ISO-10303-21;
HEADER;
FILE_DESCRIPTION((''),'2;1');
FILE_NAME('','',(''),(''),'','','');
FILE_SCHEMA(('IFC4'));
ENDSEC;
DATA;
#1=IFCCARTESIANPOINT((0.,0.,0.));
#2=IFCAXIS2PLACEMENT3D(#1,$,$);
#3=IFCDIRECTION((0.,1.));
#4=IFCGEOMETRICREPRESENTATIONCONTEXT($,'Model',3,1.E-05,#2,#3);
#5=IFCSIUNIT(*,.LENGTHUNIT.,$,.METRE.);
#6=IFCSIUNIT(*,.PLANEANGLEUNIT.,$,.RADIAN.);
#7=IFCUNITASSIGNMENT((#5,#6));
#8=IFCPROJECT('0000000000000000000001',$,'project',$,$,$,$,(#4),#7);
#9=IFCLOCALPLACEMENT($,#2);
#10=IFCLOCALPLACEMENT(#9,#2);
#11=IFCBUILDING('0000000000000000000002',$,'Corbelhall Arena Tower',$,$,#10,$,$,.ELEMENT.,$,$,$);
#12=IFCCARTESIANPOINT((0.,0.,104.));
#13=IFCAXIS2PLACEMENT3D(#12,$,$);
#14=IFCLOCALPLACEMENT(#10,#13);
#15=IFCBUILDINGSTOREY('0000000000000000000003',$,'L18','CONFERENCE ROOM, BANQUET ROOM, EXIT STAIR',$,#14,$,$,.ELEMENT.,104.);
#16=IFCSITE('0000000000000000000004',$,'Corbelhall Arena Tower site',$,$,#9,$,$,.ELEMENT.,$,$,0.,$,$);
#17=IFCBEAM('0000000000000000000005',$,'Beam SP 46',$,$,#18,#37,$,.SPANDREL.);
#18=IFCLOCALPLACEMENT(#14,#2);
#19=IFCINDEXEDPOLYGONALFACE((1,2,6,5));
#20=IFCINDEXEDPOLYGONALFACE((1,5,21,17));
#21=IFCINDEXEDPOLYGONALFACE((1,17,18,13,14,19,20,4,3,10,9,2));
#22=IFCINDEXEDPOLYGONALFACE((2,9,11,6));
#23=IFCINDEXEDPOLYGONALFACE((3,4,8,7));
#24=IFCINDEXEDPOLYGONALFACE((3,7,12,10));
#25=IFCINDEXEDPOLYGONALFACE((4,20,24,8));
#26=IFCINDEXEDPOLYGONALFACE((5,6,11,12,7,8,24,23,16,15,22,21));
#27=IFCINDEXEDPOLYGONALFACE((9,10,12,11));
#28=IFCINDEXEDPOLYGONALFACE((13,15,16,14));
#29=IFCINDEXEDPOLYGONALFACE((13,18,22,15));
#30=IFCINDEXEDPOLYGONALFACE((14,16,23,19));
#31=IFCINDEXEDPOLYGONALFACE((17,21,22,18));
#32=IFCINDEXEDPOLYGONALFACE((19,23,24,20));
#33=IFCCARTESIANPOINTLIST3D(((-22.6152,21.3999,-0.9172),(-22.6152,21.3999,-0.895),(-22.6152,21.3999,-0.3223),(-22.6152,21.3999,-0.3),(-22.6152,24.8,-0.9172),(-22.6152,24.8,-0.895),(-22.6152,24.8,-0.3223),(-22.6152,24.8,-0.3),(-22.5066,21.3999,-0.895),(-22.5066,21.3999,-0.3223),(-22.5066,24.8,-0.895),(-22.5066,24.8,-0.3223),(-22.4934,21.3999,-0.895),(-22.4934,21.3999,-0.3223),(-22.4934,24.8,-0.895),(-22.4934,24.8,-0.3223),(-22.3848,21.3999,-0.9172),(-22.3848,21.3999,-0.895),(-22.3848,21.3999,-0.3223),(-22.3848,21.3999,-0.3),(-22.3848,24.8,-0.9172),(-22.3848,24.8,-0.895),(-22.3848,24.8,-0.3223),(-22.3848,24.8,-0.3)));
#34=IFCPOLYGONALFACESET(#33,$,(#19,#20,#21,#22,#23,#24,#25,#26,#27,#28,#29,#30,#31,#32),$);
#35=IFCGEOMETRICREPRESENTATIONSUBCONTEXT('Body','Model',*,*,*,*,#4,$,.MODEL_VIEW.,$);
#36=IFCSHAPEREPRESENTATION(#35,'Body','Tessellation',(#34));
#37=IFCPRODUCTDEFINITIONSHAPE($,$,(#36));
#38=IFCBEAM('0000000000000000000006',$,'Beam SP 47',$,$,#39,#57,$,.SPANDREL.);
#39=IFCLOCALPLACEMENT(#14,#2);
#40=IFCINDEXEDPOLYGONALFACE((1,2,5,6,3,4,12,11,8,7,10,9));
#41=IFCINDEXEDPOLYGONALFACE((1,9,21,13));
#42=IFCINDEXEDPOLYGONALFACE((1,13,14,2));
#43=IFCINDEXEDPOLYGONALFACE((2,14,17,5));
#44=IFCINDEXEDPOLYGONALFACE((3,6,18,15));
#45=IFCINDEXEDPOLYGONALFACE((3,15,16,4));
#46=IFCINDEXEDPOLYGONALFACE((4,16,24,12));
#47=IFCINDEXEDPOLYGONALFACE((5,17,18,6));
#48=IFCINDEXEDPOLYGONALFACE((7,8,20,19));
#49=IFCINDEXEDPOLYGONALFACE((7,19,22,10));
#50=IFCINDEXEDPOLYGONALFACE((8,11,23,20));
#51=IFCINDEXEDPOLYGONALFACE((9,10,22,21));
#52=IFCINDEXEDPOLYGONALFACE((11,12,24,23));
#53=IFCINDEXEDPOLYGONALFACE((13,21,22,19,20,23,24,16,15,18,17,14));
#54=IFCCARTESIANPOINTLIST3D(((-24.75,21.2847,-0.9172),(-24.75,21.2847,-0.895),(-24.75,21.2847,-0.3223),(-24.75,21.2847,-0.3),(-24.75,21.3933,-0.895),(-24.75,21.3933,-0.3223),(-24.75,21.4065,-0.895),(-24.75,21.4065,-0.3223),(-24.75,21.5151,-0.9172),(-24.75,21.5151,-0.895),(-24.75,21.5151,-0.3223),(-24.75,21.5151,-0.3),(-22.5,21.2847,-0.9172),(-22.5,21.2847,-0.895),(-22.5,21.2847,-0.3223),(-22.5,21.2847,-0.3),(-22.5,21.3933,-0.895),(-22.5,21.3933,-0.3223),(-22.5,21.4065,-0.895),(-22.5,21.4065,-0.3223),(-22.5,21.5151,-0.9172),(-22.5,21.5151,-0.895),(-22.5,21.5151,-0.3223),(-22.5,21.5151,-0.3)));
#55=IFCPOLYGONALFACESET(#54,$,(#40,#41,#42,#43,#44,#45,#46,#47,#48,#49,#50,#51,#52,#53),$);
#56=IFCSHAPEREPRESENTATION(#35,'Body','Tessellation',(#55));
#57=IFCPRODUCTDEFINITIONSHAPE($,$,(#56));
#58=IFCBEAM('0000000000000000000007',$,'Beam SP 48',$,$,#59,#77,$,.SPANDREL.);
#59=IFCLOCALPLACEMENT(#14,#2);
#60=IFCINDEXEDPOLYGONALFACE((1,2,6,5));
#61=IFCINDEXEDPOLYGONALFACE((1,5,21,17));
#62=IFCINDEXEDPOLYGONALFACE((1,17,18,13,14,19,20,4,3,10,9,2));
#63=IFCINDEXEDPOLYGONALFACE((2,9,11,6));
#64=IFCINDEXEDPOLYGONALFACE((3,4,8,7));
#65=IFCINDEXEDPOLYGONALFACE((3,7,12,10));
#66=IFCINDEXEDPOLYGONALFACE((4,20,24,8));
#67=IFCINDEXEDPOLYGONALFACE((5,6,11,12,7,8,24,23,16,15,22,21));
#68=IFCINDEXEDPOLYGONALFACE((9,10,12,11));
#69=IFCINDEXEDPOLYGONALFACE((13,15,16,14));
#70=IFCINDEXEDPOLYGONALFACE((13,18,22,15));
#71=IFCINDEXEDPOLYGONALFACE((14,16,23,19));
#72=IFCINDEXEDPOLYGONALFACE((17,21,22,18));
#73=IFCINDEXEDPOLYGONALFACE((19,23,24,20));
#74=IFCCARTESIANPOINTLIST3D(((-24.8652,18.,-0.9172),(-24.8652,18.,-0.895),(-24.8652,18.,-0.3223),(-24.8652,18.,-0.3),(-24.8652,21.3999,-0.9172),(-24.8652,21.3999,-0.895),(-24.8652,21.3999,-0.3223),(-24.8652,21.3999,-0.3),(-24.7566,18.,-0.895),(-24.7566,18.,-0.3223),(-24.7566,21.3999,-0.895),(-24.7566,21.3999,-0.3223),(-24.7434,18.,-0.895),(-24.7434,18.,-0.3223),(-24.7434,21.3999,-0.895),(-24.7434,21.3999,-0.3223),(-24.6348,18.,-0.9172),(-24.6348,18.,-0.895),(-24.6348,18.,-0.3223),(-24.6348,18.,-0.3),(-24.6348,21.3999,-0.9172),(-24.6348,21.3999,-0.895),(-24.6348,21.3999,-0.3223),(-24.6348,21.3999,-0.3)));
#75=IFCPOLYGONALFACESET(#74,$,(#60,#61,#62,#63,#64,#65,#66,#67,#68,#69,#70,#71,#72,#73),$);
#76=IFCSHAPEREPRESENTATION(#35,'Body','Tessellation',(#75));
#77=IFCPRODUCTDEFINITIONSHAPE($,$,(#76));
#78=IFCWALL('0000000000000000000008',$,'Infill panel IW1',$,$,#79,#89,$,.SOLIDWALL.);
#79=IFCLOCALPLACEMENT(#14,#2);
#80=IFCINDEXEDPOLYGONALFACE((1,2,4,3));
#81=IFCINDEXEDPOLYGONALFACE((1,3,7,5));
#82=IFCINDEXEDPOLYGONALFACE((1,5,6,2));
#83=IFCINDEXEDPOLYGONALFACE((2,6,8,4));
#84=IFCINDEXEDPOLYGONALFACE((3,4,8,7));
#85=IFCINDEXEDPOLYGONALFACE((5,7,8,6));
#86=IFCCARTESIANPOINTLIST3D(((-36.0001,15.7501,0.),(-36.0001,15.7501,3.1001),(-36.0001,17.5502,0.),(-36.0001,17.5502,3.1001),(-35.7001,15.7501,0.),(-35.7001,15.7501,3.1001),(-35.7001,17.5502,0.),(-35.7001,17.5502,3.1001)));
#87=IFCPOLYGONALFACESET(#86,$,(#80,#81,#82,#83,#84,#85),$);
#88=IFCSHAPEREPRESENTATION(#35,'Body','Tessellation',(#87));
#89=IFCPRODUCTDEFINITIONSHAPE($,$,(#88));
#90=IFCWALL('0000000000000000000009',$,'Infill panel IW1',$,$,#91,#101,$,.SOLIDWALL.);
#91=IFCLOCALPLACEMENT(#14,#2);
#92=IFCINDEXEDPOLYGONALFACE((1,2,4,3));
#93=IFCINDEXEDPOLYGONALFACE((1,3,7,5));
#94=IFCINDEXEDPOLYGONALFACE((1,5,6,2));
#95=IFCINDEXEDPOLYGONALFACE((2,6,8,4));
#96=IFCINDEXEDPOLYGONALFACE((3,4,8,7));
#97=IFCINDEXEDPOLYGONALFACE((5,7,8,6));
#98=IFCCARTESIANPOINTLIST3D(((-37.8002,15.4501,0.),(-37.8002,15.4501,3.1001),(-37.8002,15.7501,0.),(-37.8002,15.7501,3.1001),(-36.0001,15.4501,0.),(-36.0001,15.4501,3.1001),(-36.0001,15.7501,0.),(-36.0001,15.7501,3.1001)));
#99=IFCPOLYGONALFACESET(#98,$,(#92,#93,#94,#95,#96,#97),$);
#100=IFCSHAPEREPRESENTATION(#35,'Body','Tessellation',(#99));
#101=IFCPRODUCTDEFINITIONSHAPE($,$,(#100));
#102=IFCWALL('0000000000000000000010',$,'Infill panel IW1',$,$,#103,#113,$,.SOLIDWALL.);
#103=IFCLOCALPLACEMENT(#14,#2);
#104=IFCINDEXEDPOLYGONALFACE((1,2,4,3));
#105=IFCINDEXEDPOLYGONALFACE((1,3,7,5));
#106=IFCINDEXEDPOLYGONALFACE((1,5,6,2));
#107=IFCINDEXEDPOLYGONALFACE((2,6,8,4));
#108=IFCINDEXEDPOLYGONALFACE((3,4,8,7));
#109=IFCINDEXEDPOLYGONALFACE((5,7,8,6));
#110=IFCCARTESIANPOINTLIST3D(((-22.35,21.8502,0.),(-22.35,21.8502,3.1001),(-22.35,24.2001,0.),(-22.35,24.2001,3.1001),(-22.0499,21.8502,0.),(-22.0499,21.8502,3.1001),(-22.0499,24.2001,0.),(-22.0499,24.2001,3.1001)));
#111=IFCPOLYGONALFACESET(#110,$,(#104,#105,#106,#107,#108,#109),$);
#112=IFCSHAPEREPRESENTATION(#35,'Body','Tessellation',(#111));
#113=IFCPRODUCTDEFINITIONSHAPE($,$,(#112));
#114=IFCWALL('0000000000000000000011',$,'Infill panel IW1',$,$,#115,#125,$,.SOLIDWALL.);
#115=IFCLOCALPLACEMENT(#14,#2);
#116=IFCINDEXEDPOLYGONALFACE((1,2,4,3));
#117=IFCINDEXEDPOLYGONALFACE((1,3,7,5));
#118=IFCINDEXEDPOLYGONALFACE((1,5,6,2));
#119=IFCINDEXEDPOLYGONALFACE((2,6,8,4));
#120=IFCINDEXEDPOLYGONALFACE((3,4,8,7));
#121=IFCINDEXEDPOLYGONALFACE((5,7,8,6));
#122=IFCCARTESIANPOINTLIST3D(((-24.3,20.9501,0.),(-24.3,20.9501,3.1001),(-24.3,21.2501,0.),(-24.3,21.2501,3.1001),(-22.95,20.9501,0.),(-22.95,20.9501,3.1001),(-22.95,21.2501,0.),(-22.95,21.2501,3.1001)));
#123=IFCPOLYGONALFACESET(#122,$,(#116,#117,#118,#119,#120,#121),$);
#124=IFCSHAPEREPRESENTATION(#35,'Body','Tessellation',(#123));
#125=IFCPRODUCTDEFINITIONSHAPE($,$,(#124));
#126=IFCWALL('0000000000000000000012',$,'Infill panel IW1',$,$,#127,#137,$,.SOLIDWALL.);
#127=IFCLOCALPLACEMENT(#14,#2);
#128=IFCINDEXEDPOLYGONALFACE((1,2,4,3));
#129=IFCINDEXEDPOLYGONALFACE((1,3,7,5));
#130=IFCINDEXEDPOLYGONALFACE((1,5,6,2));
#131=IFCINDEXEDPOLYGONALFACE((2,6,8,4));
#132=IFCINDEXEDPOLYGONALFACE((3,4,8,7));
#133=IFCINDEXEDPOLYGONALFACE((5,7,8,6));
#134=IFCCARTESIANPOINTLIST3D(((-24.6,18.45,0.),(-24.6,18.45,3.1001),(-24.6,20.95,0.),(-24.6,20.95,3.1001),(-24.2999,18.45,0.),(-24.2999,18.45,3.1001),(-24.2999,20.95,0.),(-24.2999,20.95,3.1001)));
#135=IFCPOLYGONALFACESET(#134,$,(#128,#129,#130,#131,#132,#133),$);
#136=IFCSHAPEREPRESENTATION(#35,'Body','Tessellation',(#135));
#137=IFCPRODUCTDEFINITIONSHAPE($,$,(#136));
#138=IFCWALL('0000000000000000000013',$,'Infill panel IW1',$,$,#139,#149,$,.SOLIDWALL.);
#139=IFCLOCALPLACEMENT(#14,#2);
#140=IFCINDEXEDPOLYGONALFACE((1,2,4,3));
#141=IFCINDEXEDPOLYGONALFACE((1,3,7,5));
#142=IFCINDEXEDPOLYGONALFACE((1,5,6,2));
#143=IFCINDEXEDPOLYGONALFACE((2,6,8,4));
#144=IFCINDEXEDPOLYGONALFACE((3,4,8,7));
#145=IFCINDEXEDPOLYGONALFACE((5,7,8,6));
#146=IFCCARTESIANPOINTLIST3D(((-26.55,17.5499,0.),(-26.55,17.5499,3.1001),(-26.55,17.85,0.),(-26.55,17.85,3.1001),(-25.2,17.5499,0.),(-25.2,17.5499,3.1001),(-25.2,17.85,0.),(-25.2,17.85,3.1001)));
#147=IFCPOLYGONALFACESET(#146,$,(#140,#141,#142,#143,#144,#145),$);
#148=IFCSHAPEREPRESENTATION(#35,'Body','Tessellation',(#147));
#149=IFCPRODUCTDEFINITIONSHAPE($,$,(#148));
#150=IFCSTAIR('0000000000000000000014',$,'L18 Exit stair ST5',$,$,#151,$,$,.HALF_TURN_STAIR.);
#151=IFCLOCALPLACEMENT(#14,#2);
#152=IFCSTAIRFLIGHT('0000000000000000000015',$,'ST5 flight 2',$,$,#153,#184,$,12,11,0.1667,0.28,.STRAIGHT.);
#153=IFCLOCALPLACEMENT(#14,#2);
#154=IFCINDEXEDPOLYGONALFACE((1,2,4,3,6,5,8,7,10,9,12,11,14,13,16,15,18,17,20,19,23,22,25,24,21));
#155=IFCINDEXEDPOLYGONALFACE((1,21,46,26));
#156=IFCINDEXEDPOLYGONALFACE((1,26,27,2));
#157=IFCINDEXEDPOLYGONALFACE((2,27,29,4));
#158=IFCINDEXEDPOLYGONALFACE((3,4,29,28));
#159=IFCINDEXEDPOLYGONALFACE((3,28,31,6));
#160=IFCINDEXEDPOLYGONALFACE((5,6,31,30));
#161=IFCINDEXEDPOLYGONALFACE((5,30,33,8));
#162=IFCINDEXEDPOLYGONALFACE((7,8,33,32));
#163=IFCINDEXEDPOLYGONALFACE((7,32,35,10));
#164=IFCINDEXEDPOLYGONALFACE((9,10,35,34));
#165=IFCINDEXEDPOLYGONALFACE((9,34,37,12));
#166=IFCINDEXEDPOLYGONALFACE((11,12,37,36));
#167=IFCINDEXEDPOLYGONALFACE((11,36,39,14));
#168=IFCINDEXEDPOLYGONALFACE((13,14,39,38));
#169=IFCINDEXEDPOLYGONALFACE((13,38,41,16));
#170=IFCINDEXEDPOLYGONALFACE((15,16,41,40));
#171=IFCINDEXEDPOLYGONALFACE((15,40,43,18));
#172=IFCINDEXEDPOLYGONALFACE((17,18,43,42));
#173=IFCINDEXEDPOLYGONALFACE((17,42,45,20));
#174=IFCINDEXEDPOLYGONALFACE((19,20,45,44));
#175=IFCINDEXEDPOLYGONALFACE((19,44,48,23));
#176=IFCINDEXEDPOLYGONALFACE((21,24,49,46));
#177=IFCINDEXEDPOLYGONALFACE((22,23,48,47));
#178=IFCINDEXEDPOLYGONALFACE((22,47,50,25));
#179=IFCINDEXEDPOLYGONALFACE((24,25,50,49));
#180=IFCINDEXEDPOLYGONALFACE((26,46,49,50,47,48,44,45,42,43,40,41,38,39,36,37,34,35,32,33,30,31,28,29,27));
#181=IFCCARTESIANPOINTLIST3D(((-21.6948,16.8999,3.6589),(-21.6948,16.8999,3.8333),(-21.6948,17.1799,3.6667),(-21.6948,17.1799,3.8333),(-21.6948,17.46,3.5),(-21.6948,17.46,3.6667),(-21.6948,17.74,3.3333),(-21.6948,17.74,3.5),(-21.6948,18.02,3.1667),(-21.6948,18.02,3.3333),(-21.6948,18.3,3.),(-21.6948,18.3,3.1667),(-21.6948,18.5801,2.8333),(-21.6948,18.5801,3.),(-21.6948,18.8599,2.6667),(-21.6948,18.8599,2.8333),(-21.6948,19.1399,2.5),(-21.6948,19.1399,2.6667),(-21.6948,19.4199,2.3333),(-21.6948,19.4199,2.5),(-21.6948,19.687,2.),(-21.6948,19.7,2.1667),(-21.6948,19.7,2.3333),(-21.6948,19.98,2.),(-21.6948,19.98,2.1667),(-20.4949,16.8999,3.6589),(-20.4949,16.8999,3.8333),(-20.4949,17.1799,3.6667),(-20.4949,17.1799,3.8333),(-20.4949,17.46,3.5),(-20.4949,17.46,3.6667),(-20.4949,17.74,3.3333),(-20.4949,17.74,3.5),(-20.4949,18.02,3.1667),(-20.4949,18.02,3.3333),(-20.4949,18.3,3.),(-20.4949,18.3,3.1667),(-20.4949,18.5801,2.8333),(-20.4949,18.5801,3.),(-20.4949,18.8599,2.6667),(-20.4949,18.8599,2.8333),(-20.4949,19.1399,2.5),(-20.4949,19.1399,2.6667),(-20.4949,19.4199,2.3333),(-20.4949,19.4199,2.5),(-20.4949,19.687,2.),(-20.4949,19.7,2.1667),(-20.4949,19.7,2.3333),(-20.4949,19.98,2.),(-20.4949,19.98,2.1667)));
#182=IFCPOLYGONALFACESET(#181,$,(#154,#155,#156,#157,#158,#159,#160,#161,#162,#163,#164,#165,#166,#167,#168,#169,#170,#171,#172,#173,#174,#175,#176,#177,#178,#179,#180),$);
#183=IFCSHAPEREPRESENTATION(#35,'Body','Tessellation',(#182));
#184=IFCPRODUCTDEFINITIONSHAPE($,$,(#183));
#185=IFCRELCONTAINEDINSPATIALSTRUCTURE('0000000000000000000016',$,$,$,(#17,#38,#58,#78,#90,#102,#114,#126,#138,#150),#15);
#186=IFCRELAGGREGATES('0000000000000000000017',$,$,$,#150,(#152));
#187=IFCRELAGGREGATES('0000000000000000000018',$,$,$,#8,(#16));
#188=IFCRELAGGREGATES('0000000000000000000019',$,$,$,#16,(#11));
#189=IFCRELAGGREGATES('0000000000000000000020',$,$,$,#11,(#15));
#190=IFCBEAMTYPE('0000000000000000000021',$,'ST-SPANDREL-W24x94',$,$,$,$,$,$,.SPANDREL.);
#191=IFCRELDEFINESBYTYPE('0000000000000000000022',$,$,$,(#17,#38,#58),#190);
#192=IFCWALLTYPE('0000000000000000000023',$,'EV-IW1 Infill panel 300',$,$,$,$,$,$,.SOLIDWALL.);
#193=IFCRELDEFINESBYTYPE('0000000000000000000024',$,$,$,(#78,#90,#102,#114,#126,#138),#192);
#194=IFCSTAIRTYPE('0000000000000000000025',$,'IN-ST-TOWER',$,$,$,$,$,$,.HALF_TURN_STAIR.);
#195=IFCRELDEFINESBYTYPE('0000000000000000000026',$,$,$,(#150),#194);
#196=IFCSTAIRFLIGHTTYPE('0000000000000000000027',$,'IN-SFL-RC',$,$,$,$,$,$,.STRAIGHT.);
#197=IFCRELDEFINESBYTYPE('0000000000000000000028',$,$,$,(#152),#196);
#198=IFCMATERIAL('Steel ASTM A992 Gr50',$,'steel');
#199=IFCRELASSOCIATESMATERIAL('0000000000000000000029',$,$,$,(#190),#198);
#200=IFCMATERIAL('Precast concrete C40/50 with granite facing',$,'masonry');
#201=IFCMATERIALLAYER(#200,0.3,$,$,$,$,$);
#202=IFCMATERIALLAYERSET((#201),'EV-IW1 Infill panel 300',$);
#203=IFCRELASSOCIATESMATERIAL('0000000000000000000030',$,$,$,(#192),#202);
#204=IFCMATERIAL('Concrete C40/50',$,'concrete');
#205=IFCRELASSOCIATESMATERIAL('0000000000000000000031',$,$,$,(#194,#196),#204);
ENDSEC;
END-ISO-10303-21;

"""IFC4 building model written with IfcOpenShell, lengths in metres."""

from ifc_helpers import new_model, si_unit, direction, frame, frame_2d, origin, origin_2d, place, context, subcontext, project, spatial, polyline, rectangle, i_section, outline, extrude, material, layer, layer_set, material_profile, profile_set, type_object, element, aggregate, save


model = new_model("IFC4")

# Units and contexts
model_context = context("Model", 3, precision=1e-05, world=origin(), true_north=direction((0.0, 1.0)))
body_context = subcontext(model_context, "Body", "Model", "MODEL_VIEW")
ifc_project = project(units=[si_unit("LENGTHUNIT", "METRE"), si_unit("PLANEANGLEUNIT", "RADIAN")], contexts=[model_context])

# Site, building, storey
site_placement = place(None, origin())
site = spatial("IfcSite", under=ifc_project, at=site_placement, Name="Corbelhall Arena Tower site", CompositionType="ELEMENT", RefElevation=0.0)
building_placement = place(site_placement, origin())
building = spatial("IfcBuilding", under=site, at=building_placement, Name="Corbelhall Arena Tower", CompositionType="ELEMENT")
storey_placement = place(building_placement, frame((0.0, 0.0, 104.0)))
storey = spatial("IfcBuildingStorey", under=building, at=storey_placement, Name="L18", Description="CONFERENCE ROOM, BANQUET ROOM, EXIT STAIR", CompositionType="ELEMENT", Elevation=104.0)

# Beams
ifc_material_1 = material(Name="Steel ASTM A992 Gr50", Category="steel")
ifc_material_profile_1 = material_profile(ifc_material_1, i_section(OverallWidth=0.2305, OverallDepth=0.6172, WebThickness=0.0132, FlangeThickness=0.0222, at=origin_2d()))
ifc_profile_set_1 = profile_set([ifc_material_profile_1], Name="Steel ASTM A992 Gr50")
beam_type = type_object("IfcBeamType", Name="ST-SPANDREL-W24x94", PredefinedType="SPANDREL", material=ifc_profile_set_1)
beam_1_placement = place(storey_placement, frame((-22.5, 21.3999, -0.6086), z_axis=(0.0, 1.0, 0.0), x_axis=(-1.0, 0.0, 0.0)))
element("IfcBeam", 1, at=beam_1_placement, inside=storey, type_object=beam_type, Name="Beam SP 46", PredefinedType="SPANDREL", context=body_context, shape_type="SweptSolid", body=[
    extrude(i_section(OverallWidth=0.2305, OverallDepth=0.6172, WebThickness=0.0132, FlangeThickness=0.0222, at=origin_2d()), origin(), (0.0, 0.0, 1.0), 3.4001),
])
beam_2_placement = place(storey_placement, frame((-24.75, 21.3999, -0.6086), z_axis=(1.0, 0.0, 0.0), x_axis=(0.0, 1.0, 0.0)))
element("IfcBeam", 2, at=beam_2_placement, inside=storey, type_object=beam_type, Name="Beam SP 47", PredefinedType="SPANDREL", context=body_context, shape_type="SweptSolid", body=[
    extrude(i_section(OverallWidth=0.2305, OverallDepth=0.6172, WebThickness=0.0132, FlangeThickness=0.0222, at=origin_2d()), origin(), (0.0, 0.0, 1.0), 2.25),
])
beam_3_placement = place(storey_placement, frame((-24.75, 18.0, -0.6086), z_axis=(0.0, 1.0, 0.0), x_axis=(-1.0, 0.0, 0.0)))
element("IfcBeam", 3, at=beam_3_placement, inside=storey, type_object=beam_type, Name="Beam SP 48", PredefinedType="SPANDREL", context=body_context, shape_type="SweptSolid", body=[
    extrude(i_section(OverallWidth=0.2305, OverallDepth=0.6172, WebThickness=0.0132, FlangeThickness=0.0222, at=origin_2d()), origin(), (0.0, 0.0, 1.0), 3.3999),
])

# Walls
ifc_material_2 = material(Name="Precast concrete C40/50 with granite facing", Category="masonry")
ifc_layer_1 = layer(ifc_material_2, 0.3)
ifc_layer_set_1 = layer_set([ifc_layer_1], Name="EV-IW1 Infill panel 300")
wall_type_1 = type_object("IfcWallType", Name="EV-IW1 Infill panel 300", PredefinedType="SOLIDWALL", material=ifc_layer_set_1)
for number, where, z_axis, x_axis, name in (
    (4, (-35.8501, 17.55, 0.0), (0.0, 0.0, 1.0), (0.0, -1.0, 0.0), "Infill panel IW1"),
    (5, (-37.8, 15.6001, 0.0), (0.0, 0.0, 1.0), (1.0, 0.0, 0.0), "Infill panel IW1"),
):
    element("IfcWall", number, at=place(storey_placement, frame(where, z_axis=z_axis, x_axis=x_axis)), inside=storey, type_object=wall_type_1, Name=name, PredefinedType="SOLIDWALL", context=body_context, shape_type="SweptSolid", body=[
        extrude(rectangle(XDim=1.8, YDim=0.3, at=frame_2d((0.8999, 0.0))), origin(), (0.0, 0.0, 1.0), 3.1001),
    ])
wall_1_placement = place(storey_placement, frame((-22.2, 24.2, 0.0), z_axis=(0.0, 0.0, 1.0), x_axis=(0.0, -1.0, 0.0)))
element("IfcWall", 6, at=wall_1_placement, inside=storey, type_object=wall_type_1, Name="Infill panel IW1", PredefinedType="SOLIDWALL", context=body_context, shape_type="SweptSolid", body=[
    extrude(rectangle(XDim=2.3499, YDim=0.3, at=frame_2d((1.1748, 0.0))), origin(), (0.0, 0.0, 1.0), 3.1001),
])
wall_2_placement = place(storey_placement, frame((-22.95, 21.1001, 0.0), z_axis=(0.0, 0.0, 1.0), x_axis=(-1.0, 0.0, 0.0)))
element("IfcWall", 7, at=wall_2_placement, inside=storey, type_object=wall_type_1, Name="Infill panel IW1", PredefinedType="SOLIDWALL", context=body_context, shape_type="SweptSolid", body=[
    extrude(rectangle(XDim=1.3501, YDim=0.3, at=frame_2d((0.675, 0.0))), origin(), (0.0, 0.0, 1.0), 3.1001),
])
wall_3_placement = place(storey_placement, frame((-24.45, 20.95, 0.0), z_axis=(0.0, 0.0, 1.0), x_axis=(0.0, -1.0, 0.0)))
element("IfcWall", 8, at=wall_3_placement, inside=storey, type_object=wall_type_1, Name="Infill panel IW1", PredefinedType="SOLIDWALL", context=body_context, shape_type="SweptSolid", body=[
    extrude(rectangle(XDim=2.5, YDim=0.3, at=frame_2d((1.25, 0.0))), origin(), (0.0, 0.0, 1.0), 3.1001),
])
wall_4_placement = place(storey_placement, frame((-25.2, 17.7, 0.0), z_axis=(0.0, 0.0, 1.0), x_axis=(-1.0, 0.0, 0.0)))
element("IfcWall", 9, at=wall_4_placement, inside=storey, type_object=wall_type_1, Name="Infill panel IW1", PredefinedType="SOLIDWALL", context=body_context, shape_type="SweptSolid", body=[
    extrude(rectangle(XDim=1.3501, YDim=0.3, at=frame_2d((0.675, 0.0))), origin(), (0.0, 0.0, 1.0), 3.1001),
])

# Shared definitions
ifc_material_3 = material(Name="Concrete C40/50", Category="concrete")

# Stair, stair flight
stair_type = type_object("IfcStairType", Name="IN-ST-TOWER", PredefinedType="HALF_TURN_STAIR", material=ifc_material_3)
stair_placement = place(storey_placement, origin())
stair = element("IfcStair", 10, at=stair_placement, inside=storey, type_object=stair_type, Name="L18 Exit stair ST5", PredefinedType="HALF_TURN_STAIR")
stair_flight_type = type_object("IfcStairFlightType", Name="IN-SFL-RC", PredefinedType="STRAIGHT", material=ifc_material_3)
stair_flight_placement = place(storey_placement, frame((-21.095, 19.98, 2.0), z_axis=(0.0, 0.0, 1.0), x_axis=(0.0, -1.0, 0.0)))
stair_flight = element("IfcStairFlight", 11, at=stair_flight_placement, type_object=stair_flight_type, Name="ST5 flight 2", NumberOfRisers=12, NumberOfTreads=11, PredefinedType="STRAIGHT", RiserHeight=0.1667, TreadLength=0.28, context=body_context, shape_type="SweptSolid", body=[
    extrude(outline(polyline([(0.0, 0.0), (0.0, 0.1667), (0.28, 0.1667), (0.28, 0.3333), (0.5601, 0.3333), (0.5601, 0.5), (0.8401, 0.5), (0.8401, 0.6667), (1.1201, 0.6667), (1.1201, 0.8333), (1.3999, 0.8333), (1.3999, 1.0), (1.6799, 1.0), (1.6799, 1.1667), (1.96, 1.1667), (1.96, 1.3333), (2.24, 1.3333), (2.24, 1.5), (2.52, 1.5), (2.52, 1.6667), (2.8, 1.6667), (2.8, 1.8333), (3.0801, 1.8333), (3.0801, 2.0), (3.0801, 1.6589), (0.293, 0.0), (0.0, 0.0)])), frame((0.0, 0.6001, 0.0), z_axis=(0.0, -1.0, 0.0), x_axis=(1.0, 0.0, 0.0)), (0.0, 0.0, 1.0), 1.2),
])
aggregate(stair, [stair_flight])

save(model, "model.ifc")
